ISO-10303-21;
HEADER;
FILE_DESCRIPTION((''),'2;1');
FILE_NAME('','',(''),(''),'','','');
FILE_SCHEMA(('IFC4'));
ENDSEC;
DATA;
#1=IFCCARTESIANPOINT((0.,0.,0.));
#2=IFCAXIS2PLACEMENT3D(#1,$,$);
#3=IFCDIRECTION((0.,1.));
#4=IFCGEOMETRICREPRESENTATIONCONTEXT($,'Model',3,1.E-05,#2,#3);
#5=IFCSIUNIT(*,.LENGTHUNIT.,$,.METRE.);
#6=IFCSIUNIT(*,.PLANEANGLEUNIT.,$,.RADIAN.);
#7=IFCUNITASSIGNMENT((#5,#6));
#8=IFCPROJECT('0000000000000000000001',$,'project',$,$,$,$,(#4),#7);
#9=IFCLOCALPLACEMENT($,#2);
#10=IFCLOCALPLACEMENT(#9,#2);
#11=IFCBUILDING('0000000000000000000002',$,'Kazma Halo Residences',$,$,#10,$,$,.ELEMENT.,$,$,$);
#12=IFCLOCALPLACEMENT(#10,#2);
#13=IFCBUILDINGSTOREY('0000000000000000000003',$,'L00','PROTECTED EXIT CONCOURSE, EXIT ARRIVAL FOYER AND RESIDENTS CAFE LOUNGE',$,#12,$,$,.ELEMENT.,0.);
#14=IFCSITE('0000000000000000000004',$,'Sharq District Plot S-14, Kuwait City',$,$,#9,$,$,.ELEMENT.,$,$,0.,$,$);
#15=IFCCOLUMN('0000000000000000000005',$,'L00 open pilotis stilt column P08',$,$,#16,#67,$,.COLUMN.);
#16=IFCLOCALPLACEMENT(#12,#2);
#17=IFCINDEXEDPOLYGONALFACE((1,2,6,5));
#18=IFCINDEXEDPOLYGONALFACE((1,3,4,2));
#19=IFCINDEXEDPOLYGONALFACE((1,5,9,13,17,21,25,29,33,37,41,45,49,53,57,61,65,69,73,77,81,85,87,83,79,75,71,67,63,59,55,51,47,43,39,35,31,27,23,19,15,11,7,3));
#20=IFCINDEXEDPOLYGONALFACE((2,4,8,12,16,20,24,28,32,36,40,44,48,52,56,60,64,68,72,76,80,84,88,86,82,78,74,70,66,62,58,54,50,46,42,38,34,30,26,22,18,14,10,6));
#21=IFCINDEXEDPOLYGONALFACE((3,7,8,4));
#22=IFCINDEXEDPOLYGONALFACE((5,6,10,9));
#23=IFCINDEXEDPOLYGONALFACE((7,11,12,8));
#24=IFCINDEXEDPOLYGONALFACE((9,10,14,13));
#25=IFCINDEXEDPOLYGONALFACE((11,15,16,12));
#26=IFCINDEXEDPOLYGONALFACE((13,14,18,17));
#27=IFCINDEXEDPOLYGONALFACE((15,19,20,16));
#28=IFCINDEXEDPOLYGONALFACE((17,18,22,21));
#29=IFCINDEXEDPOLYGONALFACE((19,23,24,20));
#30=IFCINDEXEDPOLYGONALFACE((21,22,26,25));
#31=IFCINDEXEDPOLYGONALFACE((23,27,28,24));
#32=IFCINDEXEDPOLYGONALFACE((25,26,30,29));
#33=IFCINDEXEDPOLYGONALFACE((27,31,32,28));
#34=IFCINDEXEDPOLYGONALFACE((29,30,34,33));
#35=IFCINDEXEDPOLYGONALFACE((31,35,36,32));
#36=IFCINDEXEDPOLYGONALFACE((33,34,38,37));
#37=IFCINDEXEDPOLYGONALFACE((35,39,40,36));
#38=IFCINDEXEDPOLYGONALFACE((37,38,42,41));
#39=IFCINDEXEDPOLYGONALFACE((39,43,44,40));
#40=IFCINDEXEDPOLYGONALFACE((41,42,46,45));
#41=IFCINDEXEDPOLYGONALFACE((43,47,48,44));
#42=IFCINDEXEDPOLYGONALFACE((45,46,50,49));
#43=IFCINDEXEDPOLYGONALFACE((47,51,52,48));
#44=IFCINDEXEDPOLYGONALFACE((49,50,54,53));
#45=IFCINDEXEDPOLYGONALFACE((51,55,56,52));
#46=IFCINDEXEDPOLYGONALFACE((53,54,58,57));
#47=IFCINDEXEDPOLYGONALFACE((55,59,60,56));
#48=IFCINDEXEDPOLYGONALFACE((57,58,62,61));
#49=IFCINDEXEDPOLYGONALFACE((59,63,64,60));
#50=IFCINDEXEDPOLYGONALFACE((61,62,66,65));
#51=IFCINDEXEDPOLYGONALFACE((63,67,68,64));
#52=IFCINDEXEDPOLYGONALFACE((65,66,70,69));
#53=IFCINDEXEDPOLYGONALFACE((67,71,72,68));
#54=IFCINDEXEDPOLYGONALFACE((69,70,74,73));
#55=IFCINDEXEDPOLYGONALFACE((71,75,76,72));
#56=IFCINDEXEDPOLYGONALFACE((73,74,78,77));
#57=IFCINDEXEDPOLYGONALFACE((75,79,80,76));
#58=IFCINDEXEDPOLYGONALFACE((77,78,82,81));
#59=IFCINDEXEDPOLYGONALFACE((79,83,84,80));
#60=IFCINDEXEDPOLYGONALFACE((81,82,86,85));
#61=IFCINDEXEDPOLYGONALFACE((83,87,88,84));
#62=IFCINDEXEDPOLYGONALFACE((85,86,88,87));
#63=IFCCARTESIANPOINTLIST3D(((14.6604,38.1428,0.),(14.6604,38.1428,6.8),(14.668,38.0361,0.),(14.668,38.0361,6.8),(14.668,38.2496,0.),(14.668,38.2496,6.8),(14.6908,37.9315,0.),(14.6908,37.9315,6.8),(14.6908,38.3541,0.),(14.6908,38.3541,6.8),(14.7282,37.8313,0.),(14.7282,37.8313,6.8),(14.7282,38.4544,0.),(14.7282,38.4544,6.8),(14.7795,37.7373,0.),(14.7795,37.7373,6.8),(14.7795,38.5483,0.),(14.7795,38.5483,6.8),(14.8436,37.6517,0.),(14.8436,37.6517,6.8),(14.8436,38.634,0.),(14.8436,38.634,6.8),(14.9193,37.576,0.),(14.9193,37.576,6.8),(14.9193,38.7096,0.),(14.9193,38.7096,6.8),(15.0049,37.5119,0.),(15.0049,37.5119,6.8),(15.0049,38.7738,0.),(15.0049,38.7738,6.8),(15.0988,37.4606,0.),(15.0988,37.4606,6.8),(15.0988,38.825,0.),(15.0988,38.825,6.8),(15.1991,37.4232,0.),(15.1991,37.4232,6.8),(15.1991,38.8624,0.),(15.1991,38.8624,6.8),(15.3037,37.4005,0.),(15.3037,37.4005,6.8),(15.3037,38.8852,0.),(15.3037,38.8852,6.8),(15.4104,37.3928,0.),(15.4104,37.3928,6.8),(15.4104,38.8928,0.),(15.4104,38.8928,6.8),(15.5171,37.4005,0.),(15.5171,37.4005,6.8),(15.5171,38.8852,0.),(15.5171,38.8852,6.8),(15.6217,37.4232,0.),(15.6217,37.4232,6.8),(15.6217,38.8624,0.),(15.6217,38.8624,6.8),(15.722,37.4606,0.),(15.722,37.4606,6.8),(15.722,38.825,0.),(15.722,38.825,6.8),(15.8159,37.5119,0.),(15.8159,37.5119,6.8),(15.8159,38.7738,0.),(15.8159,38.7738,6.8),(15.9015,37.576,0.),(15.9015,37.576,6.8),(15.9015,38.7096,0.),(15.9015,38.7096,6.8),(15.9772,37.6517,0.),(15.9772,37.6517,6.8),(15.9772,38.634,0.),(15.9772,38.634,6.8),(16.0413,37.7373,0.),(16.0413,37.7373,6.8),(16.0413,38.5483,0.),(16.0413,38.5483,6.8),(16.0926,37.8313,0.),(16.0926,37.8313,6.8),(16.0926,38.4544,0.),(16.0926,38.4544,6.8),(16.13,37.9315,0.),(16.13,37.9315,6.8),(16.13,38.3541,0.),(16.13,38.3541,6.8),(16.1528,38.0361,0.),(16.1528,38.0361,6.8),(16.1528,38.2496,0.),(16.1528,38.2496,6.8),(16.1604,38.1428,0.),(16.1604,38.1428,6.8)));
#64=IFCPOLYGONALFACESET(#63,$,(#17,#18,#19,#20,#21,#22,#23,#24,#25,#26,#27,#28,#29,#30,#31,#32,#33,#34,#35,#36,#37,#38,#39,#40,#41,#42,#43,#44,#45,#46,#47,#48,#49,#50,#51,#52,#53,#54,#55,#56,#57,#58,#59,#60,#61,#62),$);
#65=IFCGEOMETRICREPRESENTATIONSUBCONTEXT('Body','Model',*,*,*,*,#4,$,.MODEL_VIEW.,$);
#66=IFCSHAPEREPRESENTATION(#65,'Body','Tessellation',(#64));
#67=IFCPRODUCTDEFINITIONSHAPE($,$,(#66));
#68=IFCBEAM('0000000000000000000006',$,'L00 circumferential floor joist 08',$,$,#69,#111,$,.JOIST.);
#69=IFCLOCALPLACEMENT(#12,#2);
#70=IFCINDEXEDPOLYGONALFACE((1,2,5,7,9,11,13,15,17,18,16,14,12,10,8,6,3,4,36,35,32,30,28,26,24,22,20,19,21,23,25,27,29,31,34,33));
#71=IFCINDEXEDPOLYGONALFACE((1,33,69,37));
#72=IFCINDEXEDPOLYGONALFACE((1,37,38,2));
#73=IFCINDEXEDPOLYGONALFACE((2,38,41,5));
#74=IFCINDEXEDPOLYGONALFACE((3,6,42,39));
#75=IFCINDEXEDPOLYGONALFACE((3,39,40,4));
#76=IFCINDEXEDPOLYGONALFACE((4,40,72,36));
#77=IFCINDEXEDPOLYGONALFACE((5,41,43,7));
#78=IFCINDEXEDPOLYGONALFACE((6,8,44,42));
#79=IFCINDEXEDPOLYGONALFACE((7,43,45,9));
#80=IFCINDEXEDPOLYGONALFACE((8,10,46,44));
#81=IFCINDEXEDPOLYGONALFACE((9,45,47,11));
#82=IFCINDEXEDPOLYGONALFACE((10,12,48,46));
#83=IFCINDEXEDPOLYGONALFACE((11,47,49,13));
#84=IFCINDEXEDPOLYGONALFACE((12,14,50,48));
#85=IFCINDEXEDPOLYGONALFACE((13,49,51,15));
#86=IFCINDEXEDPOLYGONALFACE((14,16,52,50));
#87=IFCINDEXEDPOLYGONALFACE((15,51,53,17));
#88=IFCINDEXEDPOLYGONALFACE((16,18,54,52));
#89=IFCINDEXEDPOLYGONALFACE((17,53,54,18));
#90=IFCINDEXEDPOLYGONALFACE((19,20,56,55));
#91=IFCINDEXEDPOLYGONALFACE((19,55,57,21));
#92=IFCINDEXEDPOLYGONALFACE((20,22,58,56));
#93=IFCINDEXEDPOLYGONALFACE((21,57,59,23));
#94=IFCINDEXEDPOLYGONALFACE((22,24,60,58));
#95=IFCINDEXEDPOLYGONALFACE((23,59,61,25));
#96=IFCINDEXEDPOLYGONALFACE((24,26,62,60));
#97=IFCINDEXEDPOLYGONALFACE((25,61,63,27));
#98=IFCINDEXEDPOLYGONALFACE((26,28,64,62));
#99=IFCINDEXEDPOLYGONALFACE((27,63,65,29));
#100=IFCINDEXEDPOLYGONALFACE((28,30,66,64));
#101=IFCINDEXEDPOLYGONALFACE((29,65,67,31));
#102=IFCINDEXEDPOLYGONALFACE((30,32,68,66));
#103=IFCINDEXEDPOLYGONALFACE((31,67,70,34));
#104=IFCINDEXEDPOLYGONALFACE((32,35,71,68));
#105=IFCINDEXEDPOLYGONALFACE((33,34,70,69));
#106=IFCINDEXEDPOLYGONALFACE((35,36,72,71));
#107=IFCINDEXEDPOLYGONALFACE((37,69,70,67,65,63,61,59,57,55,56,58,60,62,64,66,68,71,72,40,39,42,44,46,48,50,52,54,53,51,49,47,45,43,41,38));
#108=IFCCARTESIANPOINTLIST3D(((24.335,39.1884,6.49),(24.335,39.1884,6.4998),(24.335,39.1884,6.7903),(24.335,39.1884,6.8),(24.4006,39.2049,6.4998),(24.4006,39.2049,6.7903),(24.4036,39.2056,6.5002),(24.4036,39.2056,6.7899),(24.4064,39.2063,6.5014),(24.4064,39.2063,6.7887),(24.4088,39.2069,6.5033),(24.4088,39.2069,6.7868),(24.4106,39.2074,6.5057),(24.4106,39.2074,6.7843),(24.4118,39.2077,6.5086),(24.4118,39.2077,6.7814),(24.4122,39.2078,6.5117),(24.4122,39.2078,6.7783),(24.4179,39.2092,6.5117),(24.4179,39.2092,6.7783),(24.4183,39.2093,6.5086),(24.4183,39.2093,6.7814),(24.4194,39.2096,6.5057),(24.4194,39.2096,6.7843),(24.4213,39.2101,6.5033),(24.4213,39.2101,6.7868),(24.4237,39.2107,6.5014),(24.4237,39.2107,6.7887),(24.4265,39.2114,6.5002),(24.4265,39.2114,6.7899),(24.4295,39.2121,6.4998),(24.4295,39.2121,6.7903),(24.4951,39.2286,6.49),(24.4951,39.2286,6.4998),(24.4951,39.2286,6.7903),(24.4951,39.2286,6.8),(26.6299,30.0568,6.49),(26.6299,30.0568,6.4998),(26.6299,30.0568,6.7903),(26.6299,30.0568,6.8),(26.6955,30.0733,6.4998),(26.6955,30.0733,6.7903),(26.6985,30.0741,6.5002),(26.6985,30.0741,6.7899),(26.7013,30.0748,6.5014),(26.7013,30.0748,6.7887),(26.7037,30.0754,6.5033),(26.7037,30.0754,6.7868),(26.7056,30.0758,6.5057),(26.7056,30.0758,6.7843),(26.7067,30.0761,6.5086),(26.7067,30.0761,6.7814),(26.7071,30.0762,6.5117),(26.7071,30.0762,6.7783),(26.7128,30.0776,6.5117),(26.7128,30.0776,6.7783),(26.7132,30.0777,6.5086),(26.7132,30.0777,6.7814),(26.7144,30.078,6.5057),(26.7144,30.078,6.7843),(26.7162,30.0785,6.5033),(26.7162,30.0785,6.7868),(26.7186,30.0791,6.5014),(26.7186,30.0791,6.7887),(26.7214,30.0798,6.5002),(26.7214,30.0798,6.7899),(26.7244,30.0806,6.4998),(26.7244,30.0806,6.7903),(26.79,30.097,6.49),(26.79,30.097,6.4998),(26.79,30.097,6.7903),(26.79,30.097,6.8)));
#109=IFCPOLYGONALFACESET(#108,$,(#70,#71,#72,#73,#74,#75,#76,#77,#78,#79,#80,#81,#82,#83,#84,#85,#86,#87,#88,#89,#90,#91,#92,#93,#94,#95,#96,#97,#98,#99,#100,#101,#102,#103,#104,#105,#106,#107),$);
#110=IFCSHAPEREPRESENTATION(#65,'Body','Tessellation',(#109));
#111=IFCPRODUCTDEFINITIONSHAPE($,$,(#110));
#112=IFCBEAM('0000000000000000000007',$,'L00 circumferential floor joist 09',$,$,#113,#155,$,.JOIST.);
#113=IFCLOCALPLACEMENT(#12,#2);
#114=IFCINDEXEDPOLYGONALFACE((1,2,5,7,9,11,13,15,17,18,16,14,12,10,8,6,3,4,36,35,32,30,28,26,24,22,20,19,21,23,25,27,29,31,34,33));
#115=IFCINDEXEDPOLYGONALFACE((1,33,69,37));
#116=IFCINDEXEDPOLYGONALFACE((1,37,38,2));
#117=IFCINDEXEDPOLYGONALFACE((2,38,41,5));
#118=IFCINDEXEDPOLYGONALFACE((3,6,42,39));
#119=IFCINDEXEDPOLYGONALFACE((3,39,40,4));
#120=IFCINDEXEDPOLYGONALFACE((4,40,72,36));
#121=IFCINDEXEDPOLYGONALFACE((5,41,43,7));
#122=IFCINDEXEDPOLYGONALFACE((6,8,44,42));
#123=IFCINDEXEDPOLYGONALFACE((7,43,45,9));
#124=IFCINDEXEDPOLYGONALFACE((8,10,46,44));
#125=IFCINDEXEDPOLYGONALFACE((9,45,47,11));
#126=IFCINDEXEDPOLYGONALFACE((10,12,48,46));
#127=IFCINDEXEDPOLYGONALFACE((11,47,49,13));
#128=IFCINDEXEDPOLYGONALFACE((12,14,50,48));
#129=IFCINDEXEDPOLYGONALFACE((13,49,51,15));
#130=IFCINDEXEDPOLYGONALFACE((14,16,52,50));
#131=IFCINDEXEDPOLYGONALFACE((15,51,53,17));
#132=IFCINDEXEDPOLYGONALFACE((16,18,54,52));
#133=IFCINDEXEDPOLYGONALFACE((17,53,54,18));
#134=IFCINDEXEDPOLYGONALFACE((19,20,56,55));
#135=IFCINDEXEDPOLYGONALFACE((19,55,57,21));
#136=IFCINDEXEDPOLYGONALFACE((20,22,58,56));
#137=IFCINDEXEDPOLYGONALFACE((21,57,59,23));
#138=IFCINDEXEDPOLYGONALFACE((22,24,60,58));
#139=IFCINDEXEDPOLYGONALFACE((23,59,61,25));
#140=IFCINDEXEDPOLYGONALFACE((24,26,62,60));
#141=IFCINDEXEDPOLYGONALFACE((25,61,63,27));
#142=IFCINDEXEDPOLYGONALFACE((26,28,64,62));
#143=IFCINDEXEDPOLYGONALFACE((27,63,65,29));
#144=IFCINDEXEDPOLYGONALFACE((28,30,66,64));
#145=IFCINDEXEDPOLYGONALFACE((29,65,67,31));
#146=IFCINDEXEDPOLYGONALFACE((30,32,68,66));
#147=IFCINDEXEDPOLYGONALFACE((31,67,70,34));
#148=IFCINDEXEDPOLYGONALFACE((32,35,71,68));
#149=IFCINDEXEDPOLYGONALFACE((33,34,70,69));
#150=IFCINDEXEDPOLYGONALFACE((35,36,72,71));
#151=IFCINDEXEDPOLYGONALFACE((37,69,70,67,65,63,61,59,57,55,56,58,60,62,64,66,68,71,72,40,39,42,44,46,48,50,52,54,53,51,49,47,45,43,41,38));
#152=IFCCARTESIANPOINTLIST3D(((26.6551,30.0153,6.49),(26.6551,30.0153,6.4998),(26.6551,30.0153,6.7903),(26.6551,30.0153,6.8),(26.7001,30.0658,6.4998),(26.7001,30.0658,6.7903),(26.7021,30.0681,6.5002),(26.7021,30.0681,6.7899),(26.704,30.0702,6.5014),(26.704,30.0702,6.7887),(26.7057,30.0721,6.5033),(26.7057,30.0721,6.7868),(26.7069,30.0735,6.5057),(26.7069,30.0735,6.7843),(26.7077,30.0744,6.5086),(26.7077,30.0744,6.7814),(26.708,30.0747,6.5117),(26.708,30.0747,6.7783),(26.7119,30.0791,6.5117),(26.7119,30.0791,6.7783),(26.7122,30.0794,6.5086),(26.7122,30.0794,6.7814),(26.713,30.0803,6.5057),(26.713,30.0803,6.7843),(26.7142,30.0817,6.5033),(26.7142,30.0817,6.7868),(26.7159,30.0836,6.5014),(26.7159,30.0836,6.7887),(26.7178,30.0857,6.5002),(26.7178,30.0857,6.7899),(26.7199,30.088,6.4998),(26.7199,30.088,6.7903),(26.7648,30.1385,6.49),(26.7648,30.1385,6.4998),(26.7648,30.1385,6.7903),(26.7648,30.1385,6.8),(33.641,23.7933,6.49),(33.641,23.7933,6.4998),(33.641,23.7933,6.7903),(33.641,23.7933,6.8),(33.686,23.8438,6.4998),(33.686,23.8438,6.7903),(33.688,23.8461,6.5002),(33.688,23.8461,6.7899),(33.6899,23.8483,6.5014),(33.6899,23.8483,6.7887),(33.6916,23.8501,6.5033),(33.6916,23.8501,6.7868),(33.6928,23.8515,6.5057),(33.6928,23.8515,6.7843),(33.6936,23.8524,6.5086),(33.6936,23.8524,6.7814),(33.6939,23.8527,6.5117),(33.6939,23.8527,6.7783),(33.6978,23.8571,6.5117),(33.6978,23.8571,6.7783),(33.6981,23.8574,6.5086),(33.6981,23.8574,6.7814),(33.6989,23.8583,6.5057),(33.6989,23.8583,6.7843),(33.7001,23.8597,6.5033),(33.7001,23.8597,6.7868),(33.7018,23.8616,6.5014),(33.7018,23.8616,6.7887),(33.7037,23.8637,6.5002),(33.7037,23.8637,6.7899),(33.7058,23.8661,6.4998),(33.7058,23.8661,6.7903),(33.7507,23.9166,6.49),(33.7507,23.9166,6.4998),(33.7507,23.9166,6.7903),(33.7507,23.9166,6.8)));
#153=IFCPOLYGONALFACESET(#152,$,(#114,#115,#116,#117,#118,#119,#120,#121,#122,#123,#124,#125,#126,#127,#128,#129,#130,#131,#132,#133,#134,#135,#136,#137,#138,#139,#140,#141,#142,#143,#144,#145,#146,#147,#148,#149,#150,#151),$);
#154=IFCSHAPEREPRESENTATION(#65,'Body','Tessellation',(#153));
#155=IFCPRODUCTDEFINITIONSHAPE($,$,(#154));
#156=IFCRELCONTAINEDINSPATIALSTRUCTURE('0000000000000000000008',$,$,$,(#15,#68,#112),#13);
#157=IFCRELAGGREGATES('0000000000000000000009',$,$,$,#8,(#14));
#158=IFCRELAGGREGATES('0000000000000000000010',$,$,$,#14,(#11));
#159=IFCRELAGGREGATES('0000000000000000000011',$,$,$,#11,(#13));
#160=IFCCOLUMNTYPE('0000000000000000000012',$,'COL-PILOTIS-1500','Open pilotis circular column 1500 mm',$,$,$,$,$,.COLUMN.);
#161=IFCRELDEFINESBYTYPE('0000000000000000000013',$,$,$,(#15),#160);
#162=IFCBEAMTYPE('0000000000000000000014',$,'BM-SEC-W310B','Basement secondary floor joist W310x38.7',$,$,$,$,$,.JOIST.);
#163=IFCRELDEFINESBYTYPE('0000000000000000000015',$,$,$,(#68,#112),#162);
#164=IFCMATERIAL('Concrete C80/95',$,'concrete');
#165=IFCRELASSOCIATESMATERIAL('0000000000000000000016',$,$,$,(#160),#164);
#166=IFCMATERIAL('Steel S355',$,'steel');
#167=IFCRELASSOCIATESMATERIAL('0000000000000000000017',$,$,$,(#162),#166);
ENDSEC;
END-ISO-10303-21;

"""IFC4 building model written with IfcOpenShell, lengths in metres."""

from ifc_helpers import new_model, si_unit, direction, frame, origin, origin_2d, place, context, subcontext, project, spatial, circle, i_section, extrude, material, material_profile, profile_set, type_object, element, save


model = new_model("IFC4")

# Units and contexts
model_context = context("Model", 3, precision=1e-05, world=origin(), true_north=direction((0.0, 1.0)))
body_context = subcontext(model_context, "Body", "Model", "MODEL_VIEW")
ifc_project = project(units=[si_unit("LENGTHUNIT", "METRE"), si_unit("PLANEANGLEUNIT", "RADIAN")], contexts=[model_context])

# Site, building, storey
site_placement = place(None, origin())
site = spatial("IfcSite", under=ifc_project, at=site_placement, Name="Sharq District Plot S-14, Kuwait City", CompositionType="ELEMENT", RefElevation=0.0)
building_placement = place(site_placement, origin())
building = spatial("IfcBuilding", under=site, at=building_placement, Name="Kazma Halo Residences", CompositionType="ELEMENT")
storey_placement = place(building_placement, origin())
storey = spatial("IfcBuildingStorey", under=building, at=storey_placement, Name="L00", Description="PROTECTED EXIT CONCOURSE, EXIT ARRIVAL FOYER AND RESIDENTS CAFE LOUNGE", CompositionType="ELEMENT", Elevation=0.0)

# Column
ifc_material_1 = material(Name="Concrete C80/95", Category="concrete")
ifc_material_profile_1 = material_profile(ifc_material_1, circle(Radius=0.75, at=origin_2d()), Name="CIRC1500")
ifc_profile_set_1 = profile_set([ifc_material_profile_1], Name="Concrete C80/95")
column_type = type_object("IfcColumnType", Name="COL-PILOTIS-1500", Description="Open pilotis circular column 1500 mm", PredefinedType="COLUMN", material=ifc_profile_set_1)
column_placement = place(storey_placement, frame((15.4104, 38.1428, 0.0), z_axis=(0.0, 0.0, 1.0), x_axis=(1.0, 0.0, 0.0)))
element("IfcColumn", 1, at=column_placement, inside=storey, type_object=column_type, Name="L00 open pilotis stilt column P08", PredefinedType="COLUMN", context=body_context, shape_type="SweptSolid", body=[
    extrude(circle(Radius=0.75, at=origin_2d()), origin(), (0.0, 0.0, 1.0), 6.8),
])

# Beams
ifc_material_2 = material(Name="Steel S355", Category="steel")
ifc_material_profile_2 = material_profile(ifc_material_2, i_section(OverallWidth=0.165, OverallDepth=0.3101, WebThickness=0.0059, FlangeThickness=0.0098, FilletRadius=0.012, at=origin_2d()), Name="W310x38.7")
ifc_profile_set_2 = profile_set([ifc_material_profile_2], Name="Steel S355")
beam_type_1 = type_object("IfcBeamType", Name="BM-SEC-W310B", Description="Basement secondary floor joist W310x38.7", PredefinedType="JOIST", material=ifc_profile_set_2)
beam_1_placement = place(storey_placement, frame((24.415, 39.2085, 6.645), z_axis=(0.243737, -0.969841, 0.0), x_axis=(0.969841, 0.243737, 0.0)))
element("IfcBeam", 2, at=beam_1_placement, inside=storey, type_object=beam_type_1, Name="L00 circumferential floor joist 08", PredefinedType="JOIST", context=body_context, shape_type="SweptSolid", body=[
    extrude(i_section(OverallWidth=0.165, OverallDepth=0.3101, WebThickness=0.0059, FlangeThickness=0.0098, FilletRadius=0.012, at=origin_2d()), origin(), (0.0, 0.0, 1.0), 9.4155),
])
beam_2_placement = place(storey_placement, frame((26.71, 30.0769, 6.645), z_axis=(0.746757, -0.665097, 0.0), x_axis=(0.665097, 0.746757, 0.0)))
element("IfcBeam", 3, at=beam_2_placement, inside=storey, type_object=beam_type_1, Name="L00 circumferential floor joist 09", PredefinedType="JOIST", context=body_context, shape_type="SweptSolid", body=[
    extrude(i_section(OverallWidth=0.165, OverallDepth=0.3101, WebThickness=0.0059, FlangeThickness=0.0098, FilletRadius=0.012, at=origin_2d()), origin(), (0.0, 0.0, 1.0), 9.355),
])

save(model, "model.ifc")
